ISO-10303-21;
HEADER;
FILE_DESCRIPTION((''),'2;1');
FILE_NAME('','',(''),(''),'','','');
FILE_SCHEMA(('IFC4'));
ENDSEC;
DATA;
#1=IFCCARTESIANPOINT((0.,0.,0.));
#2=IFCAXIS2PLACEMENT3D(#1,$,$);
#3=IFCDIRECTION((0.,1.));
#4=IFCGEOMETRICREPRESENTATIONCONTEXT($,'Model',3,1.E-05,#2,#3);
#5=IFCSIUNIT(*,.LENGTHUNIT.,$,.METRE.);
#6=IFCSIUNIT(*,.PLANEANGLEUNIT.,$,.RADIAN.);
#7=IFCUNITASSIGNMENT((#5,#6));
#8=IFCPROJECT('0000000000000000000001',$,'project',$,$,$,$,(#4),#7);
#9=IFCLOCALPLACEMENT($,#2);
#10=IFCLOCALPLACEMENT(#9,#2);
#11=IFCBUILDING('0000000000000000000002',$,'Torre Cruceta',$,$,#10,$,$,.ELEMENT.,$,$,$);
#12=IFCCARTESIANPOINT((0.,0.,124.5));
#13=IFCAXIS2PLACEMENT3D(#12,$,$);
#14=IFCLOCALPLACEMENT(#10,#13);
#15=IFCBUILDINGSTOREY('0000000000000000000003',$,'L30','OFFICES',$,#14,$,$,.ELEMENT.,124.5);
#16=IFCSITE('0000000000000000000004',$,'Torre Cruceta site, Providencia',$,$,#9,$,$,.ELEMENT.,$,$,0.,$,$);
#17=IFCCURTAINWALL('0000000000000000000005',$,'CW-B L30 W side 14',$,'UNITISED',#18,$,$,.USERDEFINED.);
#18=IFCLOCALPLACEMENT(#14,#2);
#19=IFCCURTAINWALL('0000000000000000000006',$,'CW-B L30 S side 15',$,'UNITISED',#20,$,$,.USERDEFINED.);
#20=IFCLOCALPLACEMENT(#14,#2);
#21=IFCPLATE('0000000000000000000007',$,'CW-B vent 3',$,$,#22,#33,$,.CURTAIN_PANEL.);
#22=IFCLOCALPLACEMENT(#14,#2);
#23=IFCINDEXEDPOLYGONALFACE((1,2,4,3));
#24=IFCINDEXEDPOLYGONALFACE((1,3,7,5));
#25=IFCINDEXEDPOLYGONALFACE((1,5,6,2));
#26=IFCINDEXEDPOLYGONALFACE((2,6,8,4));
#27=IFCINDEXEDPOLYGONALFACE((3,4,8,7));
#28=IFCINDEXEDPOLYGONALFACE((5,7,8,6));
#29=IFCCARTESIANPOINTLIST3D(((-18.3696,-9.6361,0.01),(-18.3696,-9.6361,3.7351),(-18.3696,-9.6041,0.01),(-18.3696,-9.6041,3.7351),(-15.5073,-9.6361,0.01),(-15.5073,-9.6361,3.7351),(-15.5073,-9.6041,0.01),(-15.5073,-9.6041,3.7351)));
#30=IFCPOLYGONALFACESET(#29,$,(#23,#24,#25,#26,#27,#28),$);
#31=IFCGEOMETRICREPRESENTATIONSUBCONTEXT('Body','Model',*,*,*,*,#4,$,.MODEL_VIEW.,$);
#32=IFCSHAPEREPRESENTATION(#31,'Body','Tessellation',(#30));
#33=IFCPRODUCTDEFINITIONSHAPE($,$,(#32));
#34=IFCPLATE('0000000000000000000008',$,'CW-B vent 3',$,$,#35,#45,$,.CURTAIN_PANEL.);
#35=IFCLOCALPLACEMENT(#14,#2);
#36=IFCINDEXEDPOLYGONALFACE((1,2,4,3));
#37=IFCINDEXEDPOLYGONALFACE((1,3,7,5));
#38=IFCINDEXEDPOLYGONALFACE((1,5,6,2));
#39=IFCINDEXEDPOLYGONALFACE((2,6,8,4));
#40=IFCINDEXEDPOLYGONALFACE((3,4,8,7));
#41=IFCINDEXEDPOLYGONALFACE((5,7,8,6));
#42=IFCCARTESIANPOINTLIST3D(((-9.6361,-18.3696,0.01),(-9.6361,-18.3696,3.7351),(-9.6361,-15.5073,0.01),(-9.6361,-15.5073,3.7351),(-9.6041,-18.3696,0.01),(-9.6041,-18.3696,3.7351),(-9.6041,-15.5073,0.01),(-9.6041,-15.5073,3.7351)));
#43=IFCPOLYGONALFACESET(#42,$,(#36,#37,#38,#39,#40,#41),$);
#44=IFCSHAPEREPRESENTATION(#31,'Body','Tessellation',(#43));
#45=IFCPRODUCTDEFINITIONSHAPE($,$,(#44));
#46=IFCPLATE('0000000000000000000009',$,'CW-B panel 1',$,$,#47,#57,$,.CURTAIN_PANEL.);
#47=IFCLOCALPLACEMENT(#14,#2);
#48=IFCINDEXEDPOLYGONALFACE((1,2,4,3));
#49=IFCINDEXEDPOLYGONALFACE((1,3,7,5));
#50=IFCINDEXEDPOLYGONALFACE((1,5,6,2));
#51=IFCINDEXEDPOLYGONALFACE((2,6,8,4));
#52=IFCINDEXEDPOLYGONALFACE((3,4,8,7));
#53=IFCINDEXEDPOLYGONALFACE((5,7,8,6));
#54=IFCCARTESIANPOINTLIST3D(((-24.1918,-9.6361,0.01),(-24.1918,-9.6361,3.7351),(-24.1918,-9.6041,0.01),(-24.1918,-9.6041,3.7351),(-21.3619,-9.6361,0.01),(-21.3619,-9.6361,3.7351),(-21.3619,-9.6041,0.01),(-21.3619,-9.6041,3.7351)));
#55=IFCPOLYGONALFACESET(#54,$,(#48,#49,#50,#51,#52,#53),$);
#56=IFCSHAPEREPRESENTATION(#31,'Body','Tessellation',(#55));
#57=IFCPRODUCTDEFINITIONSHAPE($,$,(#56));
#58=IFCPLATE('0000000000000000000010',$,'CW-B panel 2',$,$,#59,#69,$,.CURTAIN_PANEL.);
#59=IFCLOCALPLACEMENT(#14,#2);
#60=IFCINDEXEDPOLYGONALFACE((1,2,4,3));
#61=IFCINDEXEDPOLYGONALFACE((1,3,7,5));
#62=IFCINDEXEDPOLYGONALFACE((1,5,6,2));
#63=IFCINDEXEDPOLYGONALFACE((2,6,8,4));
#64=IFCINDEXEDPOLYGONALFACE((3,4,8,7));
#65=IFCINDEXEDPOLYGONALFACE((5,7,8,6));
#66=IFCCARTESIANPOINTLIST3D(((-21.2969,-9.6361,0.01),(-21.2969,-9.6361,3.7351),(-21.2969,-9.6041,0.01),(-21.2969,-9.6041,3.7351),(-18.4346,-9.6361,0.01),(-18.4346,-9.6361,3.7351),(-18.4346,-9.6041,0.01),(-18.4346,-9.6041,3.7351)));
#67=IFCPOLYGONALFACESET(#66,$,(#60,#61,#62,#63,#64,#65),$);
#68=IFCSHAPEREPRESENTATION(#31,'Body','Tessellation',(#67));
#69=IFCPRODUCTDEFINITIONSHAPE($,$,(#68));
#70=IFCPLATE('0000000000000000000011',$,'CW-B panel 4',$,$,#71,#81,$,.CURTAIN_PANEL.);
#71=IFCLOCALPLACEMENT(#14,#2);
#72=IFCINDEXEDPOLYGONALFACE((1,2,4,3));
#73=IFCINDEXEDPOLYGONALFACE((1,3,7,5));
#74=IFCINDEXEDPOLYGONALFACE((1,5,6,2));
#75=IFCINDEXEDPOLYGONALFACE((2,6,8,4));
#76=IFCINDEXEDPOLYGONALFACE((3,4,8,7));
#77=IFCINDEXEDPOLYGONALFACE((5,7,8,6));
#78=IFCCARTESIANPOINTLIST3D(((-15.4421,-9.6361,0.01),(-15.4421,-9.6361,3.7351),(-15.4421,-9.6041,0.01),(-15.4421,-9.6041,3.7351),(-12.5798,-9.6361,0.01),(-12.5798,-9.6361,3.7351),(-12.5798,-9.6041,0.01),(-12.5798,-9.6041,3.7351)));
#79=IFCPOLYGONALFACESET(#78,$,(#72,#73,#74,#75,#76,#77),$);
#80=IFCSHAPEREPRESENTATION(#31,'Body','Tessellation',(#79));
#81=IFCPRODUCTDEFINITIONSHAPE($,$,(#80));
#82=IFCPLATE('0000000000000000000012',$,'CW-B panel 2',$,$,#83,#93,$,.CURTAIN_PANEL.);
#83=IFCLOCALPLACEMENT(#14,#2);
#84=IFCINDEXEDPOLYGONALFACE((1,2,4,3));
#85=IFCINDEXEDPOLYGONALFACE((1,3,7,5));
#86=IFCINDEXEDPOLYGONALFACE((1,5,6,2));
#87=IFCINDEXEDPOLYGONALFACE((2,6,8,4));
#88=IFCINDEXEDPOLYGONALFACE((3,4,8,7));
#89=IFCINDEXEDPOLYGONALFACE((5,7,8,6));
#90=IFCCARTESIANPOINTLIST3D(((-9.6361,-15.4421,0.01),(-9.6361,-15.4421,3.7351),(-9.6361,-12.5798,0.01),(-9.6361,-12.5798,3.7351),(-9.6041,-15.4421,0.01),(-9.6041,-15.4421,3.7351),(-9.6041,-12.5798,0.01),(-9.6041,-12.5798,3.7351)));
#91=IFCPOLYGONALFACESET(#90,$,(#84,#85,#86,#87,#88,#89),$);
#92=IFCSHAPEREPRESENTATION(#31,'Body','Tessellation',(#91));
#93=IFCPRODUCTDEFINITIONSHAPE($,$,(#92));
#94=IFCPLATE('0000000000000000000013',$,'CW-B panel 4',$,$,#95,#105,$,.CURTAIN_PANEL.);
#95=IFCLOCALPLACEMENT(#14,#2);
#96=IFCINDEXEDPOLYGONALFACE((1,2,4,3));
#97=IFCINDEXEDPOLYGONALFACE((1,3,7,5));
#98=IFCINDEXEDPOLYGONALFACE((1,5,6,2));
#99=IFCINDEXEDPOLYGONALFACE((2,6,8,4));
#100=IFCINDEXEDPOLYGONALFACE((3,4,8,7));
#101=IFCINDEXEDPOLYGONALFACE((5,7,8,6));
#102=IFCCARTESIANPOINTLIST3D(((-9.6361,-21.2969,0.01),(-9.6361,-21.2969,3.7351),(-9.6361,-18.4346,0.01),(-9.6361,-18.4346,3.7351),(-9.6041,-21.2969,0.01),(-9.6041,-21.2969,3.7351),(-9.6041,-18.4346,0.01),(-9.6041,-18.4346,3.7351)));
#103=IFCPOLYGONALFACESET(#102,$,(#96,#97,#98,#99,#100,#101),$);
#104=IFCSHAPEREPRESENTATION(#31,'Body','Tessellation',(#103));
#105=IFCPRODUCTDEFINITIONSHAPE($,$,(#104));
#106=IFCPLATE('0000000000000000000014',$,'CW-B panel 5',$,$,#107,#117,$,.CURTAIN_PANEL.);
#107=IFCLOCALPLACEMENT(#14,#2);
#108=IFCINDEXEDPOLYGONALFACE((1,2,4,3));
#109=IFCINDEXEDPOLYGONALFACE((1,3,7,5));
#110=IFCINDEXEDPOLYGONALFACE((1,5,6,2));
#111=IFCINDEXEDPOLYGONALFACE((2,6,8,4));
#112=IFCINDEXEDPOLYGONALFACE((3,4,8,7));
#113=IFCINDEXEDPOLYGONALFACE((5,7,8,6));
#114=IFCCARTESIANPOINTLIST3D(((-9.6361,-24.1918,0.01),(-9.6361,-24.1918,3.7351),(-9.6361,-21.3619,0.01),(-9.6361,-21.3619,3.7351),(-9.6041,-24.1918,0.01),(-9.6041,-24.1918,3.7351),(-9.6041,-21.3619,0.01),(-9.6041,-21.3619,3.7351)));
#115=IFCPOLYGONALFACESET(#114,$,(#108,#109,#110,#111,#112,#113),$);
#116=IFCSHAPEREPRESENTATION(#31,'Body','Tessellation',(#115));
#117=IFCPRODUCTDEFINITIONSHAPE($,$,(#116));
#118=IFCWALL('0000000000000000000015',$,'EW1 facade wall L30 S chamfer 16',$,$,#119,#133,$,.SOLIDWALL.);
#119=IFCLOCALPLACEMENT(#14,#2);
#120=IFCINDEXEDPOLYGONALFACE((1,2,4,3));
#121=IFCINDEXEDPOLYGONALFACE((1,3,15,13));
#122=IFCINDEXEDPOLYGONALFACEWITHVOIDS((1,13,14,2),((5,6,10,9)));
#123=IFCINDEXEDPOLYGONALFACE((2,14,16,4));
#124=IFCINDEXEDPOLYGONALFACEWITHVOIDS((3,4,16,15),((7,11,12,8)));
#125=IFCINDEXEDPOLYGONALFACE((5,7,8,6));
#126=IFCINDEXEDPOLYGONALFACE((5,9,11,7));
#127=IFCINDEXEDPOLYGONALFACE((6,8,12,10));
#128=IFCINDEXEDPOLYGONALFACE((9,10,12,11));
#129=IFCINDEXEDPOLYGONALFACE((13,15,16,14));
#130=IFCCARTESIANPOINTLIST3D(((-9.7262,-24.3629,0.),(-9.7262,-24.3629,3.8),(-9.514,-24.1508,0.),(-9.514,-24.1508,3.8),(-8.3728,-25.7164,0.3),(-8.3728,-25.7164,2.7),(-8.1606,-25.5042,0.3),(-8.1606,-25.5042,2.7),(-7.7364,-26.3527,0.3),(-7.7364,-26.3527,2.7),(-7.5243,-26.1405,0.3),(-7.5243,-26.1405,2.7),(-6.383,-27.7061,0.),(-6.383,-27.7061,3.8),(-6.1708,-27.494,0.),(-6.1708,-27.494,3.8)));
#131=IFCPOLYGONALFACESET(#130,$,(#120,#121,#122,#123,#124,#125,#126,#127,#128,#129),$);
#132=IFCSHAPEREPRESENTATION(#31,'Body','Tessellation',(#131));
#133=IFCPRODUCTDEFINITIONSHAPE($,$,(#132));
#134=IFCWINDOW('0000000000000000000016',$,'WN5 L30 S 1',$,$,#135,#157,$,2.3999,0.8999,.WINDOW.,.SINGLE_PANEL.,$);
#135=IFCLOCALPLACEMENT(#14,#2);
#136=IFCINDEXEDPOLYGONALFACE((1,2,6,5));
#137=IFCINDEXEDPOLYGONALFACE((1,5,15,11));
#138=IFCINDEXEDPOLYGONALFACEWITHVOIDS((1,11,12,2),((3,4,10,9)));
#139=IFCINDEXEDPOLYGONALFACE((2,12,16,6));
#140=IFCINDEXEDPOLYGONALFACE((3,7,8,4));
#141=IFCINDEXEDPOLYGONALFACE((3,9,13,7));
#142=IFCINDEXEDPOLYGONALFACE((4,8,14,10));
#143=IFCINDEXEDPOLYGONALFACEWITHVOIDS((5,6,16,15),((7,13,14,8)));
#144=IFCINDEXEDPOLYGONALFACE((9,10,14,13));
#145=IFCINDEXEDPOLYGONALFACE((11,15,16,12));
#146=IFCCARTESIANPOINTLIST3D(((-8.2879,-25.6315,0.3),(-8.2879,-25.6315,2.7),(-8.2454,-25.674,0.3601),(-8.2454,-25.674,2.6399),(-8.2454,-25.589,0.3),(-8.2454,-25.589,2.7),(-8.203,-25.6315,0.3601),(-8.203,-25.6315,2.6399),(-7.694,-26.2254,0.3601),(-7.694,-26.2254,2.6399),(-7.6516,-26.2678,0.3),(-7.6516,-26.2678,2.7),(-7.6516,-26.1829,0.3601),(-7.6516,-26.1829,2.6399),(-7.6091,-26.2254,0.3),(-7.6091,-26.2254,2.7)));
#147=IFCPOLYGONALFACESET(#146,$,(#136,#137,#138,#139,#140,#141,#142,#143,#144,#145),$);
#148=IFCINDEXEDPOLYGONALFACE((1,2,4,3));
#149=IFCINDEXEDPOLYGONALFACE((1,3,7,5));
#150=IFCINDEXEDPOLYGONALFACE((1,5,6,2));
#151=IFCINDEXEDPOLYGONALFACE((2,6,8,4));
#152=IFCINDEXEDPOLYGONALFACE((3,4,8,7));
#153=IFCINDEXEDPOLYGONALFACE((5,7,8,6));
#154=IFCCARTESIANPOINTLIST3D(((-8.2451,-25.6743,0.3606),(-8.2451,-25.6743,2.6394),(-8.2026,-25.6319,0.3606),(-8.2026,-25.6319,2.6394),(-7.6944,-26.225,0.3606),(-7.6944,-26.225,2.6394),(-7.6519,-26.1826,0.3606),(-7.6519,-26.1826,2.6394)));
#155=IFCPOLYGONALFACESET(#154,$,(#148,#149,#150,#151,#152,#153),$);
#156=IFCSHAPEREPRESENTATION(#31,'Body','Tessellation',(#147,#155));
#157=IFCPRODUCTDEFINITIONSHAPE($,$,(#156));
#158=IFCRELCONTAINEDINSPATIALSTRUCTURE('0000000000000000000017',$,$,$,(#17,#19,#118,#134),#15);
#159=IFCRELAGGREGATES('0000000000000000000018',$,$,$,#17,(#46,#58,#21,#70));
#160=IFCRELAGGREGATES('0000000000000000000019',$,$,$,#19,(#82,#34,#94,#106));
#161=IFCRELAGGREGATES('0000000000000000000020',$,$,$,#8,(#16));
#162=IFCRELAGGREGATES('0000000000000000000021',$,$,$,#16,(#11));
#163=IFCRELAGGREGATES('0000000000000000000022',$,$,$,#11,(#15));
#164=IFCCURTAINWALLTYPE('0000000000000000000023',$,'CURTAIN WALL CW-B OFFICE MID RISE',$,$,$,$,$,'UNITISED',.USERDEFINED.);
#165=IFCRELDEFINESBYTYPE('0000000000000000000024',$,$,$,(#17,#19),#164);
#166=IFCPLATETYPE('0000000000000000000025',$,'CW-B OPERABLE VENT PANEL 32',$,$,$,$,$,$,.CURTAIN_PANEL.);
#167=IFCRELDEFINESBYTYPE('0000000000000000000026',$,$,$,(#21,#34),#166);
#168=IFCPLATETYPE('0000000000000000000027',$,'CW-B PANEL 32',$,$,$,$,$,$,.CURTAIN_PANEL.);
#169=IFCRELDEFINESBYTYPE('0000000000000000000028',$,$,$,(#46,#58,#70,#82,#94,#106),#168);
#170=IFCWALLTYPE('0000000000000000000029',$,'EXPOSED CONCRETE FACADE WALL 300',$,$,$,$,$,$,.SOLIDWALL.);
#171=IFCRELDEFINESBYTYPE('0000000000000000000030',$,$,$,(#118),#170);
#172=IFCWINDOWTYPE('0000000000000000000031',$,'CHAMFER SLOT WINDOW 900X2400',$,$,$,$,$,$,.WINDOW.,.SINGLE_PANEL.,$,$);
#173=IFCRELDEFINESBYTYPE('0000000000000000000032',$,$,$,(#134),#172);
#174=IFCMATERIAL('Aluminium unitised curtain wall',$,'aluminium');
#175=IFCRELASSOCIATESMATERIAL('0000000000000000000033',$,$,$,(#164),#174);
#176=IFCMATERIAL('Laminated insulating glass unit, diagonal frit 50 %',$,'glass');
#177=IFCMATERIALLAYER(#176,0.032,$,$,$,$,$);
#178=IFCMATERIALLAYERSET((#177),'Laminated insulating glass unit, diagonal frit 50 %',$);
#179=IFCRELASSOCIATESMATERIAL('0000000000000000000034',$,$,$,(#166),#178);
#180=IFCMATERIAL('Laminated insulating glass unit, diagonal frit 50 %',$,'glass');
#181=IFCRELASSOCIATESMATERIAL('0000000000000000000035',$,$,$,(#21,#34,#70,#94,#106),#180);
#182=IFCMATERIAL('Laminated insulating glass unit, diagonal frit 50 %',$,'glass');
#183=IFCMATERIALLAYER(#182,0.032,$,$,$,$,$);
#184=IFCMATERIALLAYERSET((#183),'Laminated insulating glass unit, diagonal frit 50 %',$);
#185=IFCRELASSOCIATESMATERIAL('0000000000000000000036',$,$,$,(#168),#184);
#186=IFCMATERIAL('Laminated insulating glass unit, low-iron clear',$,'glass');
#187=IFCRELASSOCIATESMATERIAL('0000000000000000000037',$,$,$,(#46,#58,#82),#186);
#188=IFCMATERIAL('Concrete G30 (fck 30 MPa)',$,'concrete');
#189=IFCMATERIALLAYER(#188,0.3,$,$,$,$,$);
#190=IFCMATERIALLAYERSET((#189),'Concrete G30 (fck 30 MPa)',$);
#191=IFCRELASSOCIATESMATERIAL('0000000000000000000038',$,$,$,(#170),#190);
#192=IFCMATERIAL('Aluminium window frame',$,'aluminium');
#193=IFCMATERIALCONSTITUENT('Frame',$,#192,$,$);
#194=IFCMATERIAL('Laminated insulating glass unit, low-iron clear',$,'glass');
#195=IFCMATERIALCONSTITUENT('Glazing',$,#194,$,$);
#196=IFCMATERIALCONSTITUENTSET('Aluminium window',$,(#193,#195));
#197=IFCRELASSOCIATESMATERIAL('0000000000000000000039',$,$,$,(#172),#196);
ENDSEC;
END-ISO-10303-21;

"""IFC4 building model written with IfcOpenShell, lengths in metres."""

from ifc_helpers import new_model, si_unit, direction, frame, frame_2d, origin, origin_2d, place, context, subcontext, project, spatial, rectangle, hollow_rectangle, extrude, material, layer, layer_set, constituent, constituent_set, type_object, element, fill, aggregate, save


model = new_model("IFC4")

# Units and contexts
model_context = context("Model", 3, precision=1e-05, world=origin(), true_north=direction((0.0, 1.0)))
body_context = subcontext(model_context, "Body", "Model", "MODEL_VIEW")
ifc_project = project(units=[si_unit("LENGTHUNIT", "METRE"), si_unit("PLANEANGLEUNIT", "RADIAN")], contexts=[model_context])

# Site, building, storey
site_placement = place(None, origin())
site = spatial("IfcSite", under=ifc_project, at=site_placement, Name="Torre Cruceta site, Providencia", CompositionType="ELEMENT", RefElevation=0.0)
building_placement = place(site_placement, origin())
building = spatial("IfcBuilding", under=site, at=building_placement, Name="Torre Cruceta", CompositionType="ELEMENT")
storey_placement = place(building_placement, frame((0.0, 0.0, 124.5)))
storey = spatial("IfcBuildingStorey", under=building, at=storey_placement, Name="L30", Description="OFFICES", CompositionType="ELEMENT", Elevation=124.5)

# Curtain walls
ifc_material_1 = material(Name="Aluminium unitised curtain wall", Category="aluminium")
curtain_wall_type = type_object("IfcCurtainWallType", Name="CURTAIN WALL CW-B OFFICE MID RISE", ElementType="UNITISED", PredefinedType="USERDEFINED", material=ifc_material_1)
curtain_wall_1_placement = place(storey_placement, origin())
curtain_wall_1 = element("IfcCurtainWall", 1, at=curtain_wall_1_placement, inside=storey, type_object=curtain_wall_type, Name="CW-B L30 W side 14", ObjectType="UNITISED", PredefinedType="USERDEFINED")
curtain_wall_2_placement = place(storey_placement, origin())
curtain_wall_2 = element("IfcCurtainWall", 2, at=curtain_wall_2_placement, inside=storey, type_object=curtain_wall_type, Name="CW-B L30 S side 15", ObjectType="UNITISED", PredefinedType="USERDEFINED")

# Plates
ifc_material_2 = material(Name="Laminated insulating glass unit, diagonal frit 50 %", Category="glass")
ifc_material_3 = material(Name="Laminated insulating glass unit, diagonal frit 50 %", Category="glass")
ifc_layer_1 = layer(ifc_material_3, 0.032)
ifc_layer_set_1 = layer_set([ifc_layer_1], Name="Laminated insulating glass unit, diagonal frit 50 %")
plate_type_1 = type_object("IfcPlateType", Name="CW-B OPERABLE VENT PANEL 32", PredefinedType="CURTAIN_PANEL", material=ifc_layer_set_1)
plate_1_placement = place(storey_placement, frame((-16.9385, -9.6201, 0.01), z_axis=(0.0, 0.0, 1.0), x_axis=(1.0, 0.0, 0.0)))
plate_1 = element("IfcPlate", 3, at=plate_1_placement, type_object=plate_type_1, material=ifc_material_2, Name="CW-B vent 3", PredefinedType="CURTAIN_PANEL", context=body_context, shape_type="SweptSolid", body=[
    extrude(rectangle(XDim=2.8623, YDim=0.032, at=origin_2d()), origin(), (0.0, 0.0, 1.0), 3.7251),
])
plate_2_placement = place(storey_placement, frame((-9.6201, -16.9385, 0.01), z_axis=(0.0, 0.0, 1.0), x_axis=(0.0, -1.0, 0.0)))
plate_2 = element("IfcPlate", 4, at=plate_2_placement, type_object=plate_type_1, material=ifc_material_2, Name="CW-B vent 3", PredefinedType="CURTAIN_PANEL", context=body_context, shape_type="SweptSolid", body=[
    extrude(rectangle(XDim=2.8623, YDim=0.032, at=origin_2d()), origin(), (0.0, 0.0, 1.0), 3.7251),
])
ifc_material_4 = material(Name="Laminated insulating glass unit, low-iron clear", Category="glass")
ifc_material_5 = material(Name="Laminated insulating glass unit, diagonal frit 50 %", Category="glass")
ifc_layer_2 = layer(ifc_material_5, 0.032)
ifc_layer_set_2 = layer_set([ifc_layer_2], Name="Laminated insulating glass unit, diagonal frit 50 %")
plate_type_2 = type_object("IfcPlateType", Name="CW-B PANEL 32", PredefinedType="CURTAIN_PANEL", material=ifc_layer_set_2)
plate_3_placement = place(storey_placement, frame((-22.7769, -9.6201, 0.01), z_axis=(0.0, 0.0, 1.0), x_axis=(1.0, 0.0, 0.0)))
plate_3 = element("IfcPlate", 5, at=plate_3_placement, type_object=plate_type_2, material=ifc_material_4, Name="CW-B panel 1", PredefinedType="CURTAIN_PANEL", context=body_context, shape_type="SweptSolid", body=[
    extrude(rectangle(XDim=2.8298, YDim=0.032, at=origin_2d()), origin(), (0.0, 0.0, 1.0), 3.7251),
])
plate_4_placement = place(storey_placement, frame((-19.8657, -9.6201, 0.01), z_axis=(0.0, 0.0, 1.0), x_axis=(1.0, 0.0, 0.0)))
plate_4 = element("IfcPlate", 6, at=plate_4_placement, type_object=plate_type_2, material=ifc_material_4, Name="CW-B panel 2", PredefinedType="CURTAIN_PANEL", context=body_context, shape_type="SweptSolid", body=[
    extrude(rectangle(XDim=2.8623, YDim=0.032, at=origin_2d()), origin(), (0.0, 0.0, 1.0), 3.7251),
])
plate_5_placement = place(storey_placement, frame((-14.011, -9.6201, 0.01), z_axis=(0.0, 0.0, 1.0), x_axis=(1.0, 0.0, 0.0)))
plate_5 = element("IfcPlate", 7, at=plate_5_placement, type_object=plate_type_2, material=ifc_material_2, Name="CW-B panel 4", PredefinedType="CURTAIN_PANEL", context=body_context, shape_type="SweptSolid", body=[
    extrude(rectangle(XDim=2.8623, YDim=0.032, at=origin_2d()), origin(), (0.0, 0.0, 1.0), 3.7251),
])
aggregate(curtain_wall_1, [plate_3, plate_4, plate_1, plate_5])
plate_6_placement = place(storey_placement, frame((-9.6201, -14.011, 0.01), z_axis=(0.0, 0.0, 1.0), x_axis=(0.0, -1.0, 0.0)))
plate_6 = element("IfcPlate", 8, at=plate_6_placement, type_object=plate_type_2, material=ifc_material_4, Name="CW-B panel 2", PredefinedType="CURTAIN_PANEL", context=body_context, shape_type="SweptSolid", body=[
    extrude(rectangle(XDim=2.8623, YDim=0.032, at=origin_2d()), origin(), (0.0, 0.0, 1.0), 3.7251),
])
plate_7_placement = place(storey_placement, frame((-9.6201, -19.8657, 0.01), z_axis=(0.0, 0.0, 1.0), x_axis=(0.0, -1.0, 0.0)))
plate_7 = element("IfcPlate", 9, at=plate_7_placement, type_object=plate_type_2, material=ifc_material_2, Name="CW-B panel 4", PredefinedType="CURTAIN_PANEL", context=body_context, shape_type="SweptSolid", body=[
    extrude(rectangle(XDim=2.8623, YDim=0.032, at=origin_2d()), origin(), (0.0, 0.0, 1.0), 3.7251),
])
plate_8_placement = place(storey_placement, frame((-9.6201, -22.7769, 0.01), z_axis=(0.0, 0.0, 1.0), x_axis=(0.0, -1.0, 0.0)))
plate_8 = element("IfcPlate", 10, at=plate_8_placement, type_object=plate_type_2, material=ifc_material_2, Name="CW-B panel 5", PredefinedType="CURTAIN_PANEL", context=body_context, shape_type="SweptSolid", body=[
    extrude(rectangle(XDim=2.8298, YDim=0.032, at=origin_2d()), origin(), (0.0, 0.0, 1.0), 3.7251),
])
aggregate(curtain_wall_2, [plate_6, plate_2, plate_7, plate_8])

# Wall, opening, window
ifc_material_6 = material(Name="Concrete G30 (fck 30 MPa)", Category="concrete")
ifc_layer_3 = layer(ifc_material_6, 0.3)
ifc_layer_set_3 = layer_set([ifc_layer_3], Name="Concrete G30 (fck 30 MPa)")
wall_type = type_object("IfcWallType", Name="EXPOSED CONCRETE FACADE WALL 300", PredefinedType="SOLIDWALL", material=ifc_layer_set_3)
wall_placement = place(storey_placement, frame((-9.6201, -24.2568, 0.0), z_axis=(0.0, 0.0, 1.0), x_axis=(0.707107, -0.707107, 0.0)))
wall = element("IfcWall", 11, at=wall_placement, inside=storey, type_object=wall_type, Name="EW1 facade wall L30 S chamfer 16", PredefinedType="SOLIDWALL", context=body_context, shape_type="SweptSolid", body=[
    extrude(rectangle(XDim=4.728, YDim=0.3, at=frame_2d((2.364, 0.0))), origin(), (0.0, 0.0, 1.0), 3.8),
])
opening_placement = place(wall_placement, frame((1.9141, 0.0, 0.3)))
opening = element("IfcOpeningElement", 12, at=opening_placement, cuts=wall, PredefinedType="OPENING", context=body_context, shape_type="SweptSolid", body=[
    extrude(rectangle(XDim=0.8999, YDim=2.3999, at=frame_2d((0.45, 1.2))), frame((0.0, 0.1599, 0.0), z_axis=(0.0, -1.0, 0.0), x_axis=(1.0, 0.0, 0.0)), (0.0, 0.0, 1.0), 0.3201),
])
ifc_material_7 = material(Name="Aluminium window frame", Category="aluminium")
ifc_constituent_1 = constituent(ifc_material_7, Name="Frame")
ifc_material_8 = material(Name="Laminated insulating glass unit, low-iron clear", Category="glass")
ifc_constituent_2 = constituent(ifc_material_8, Name="Glazing")
ifc_constituent_set = constituent_set(constituents=[ifc_constituent_1, ifc_constituent_2], Name="Aluminium window")
window_type = type_object("IfcWindowType", Name="CHAMFER SLOT WINDOW 900X2400", PartitioningType="SINGLE_PANEL", PredefinedType="WINDOW", material=ifc_constituent_set)
window_placement = place(opening_placement, origin())
window = element("IfcWindow", 13, at=window_placement, inside=storey, type_object=window_type, Name="WN5 L30 S 1", OverallHeight=2.3999, OverallWidth=0.8999, PartitioningType="SINGLE_PANEL", PredefinedType="WINDOW", context=body_context, shape_type="SweptSolid", body=[
    extrude(hollow_rectangle(XDim=0.8999, YDim=2.3999, WallThickness=0.0601, at=frame_2d((0.45, 1.2))), frame((0.0, 0.03, 0.0), z_axis=(0.0, -1.0, 0.0), x_axis=(1.0, 0.0, 0.0)), (0.0, 0.0, 1.0), 0.0601),
    extrude(rectangle(XDim=0.7788, YDim=2.2788, at=frame_2d((0.45, 1.2))), frame((0.0, 0.03, 0.0), z_axis=(0.0, -1.0, 0.0), x_axis=(1.0, 0.0, 0.0)), (0.0, 0.0, 1.0), 0.0601),
])
fill(opening, window)

save(model, "model.ifc")
